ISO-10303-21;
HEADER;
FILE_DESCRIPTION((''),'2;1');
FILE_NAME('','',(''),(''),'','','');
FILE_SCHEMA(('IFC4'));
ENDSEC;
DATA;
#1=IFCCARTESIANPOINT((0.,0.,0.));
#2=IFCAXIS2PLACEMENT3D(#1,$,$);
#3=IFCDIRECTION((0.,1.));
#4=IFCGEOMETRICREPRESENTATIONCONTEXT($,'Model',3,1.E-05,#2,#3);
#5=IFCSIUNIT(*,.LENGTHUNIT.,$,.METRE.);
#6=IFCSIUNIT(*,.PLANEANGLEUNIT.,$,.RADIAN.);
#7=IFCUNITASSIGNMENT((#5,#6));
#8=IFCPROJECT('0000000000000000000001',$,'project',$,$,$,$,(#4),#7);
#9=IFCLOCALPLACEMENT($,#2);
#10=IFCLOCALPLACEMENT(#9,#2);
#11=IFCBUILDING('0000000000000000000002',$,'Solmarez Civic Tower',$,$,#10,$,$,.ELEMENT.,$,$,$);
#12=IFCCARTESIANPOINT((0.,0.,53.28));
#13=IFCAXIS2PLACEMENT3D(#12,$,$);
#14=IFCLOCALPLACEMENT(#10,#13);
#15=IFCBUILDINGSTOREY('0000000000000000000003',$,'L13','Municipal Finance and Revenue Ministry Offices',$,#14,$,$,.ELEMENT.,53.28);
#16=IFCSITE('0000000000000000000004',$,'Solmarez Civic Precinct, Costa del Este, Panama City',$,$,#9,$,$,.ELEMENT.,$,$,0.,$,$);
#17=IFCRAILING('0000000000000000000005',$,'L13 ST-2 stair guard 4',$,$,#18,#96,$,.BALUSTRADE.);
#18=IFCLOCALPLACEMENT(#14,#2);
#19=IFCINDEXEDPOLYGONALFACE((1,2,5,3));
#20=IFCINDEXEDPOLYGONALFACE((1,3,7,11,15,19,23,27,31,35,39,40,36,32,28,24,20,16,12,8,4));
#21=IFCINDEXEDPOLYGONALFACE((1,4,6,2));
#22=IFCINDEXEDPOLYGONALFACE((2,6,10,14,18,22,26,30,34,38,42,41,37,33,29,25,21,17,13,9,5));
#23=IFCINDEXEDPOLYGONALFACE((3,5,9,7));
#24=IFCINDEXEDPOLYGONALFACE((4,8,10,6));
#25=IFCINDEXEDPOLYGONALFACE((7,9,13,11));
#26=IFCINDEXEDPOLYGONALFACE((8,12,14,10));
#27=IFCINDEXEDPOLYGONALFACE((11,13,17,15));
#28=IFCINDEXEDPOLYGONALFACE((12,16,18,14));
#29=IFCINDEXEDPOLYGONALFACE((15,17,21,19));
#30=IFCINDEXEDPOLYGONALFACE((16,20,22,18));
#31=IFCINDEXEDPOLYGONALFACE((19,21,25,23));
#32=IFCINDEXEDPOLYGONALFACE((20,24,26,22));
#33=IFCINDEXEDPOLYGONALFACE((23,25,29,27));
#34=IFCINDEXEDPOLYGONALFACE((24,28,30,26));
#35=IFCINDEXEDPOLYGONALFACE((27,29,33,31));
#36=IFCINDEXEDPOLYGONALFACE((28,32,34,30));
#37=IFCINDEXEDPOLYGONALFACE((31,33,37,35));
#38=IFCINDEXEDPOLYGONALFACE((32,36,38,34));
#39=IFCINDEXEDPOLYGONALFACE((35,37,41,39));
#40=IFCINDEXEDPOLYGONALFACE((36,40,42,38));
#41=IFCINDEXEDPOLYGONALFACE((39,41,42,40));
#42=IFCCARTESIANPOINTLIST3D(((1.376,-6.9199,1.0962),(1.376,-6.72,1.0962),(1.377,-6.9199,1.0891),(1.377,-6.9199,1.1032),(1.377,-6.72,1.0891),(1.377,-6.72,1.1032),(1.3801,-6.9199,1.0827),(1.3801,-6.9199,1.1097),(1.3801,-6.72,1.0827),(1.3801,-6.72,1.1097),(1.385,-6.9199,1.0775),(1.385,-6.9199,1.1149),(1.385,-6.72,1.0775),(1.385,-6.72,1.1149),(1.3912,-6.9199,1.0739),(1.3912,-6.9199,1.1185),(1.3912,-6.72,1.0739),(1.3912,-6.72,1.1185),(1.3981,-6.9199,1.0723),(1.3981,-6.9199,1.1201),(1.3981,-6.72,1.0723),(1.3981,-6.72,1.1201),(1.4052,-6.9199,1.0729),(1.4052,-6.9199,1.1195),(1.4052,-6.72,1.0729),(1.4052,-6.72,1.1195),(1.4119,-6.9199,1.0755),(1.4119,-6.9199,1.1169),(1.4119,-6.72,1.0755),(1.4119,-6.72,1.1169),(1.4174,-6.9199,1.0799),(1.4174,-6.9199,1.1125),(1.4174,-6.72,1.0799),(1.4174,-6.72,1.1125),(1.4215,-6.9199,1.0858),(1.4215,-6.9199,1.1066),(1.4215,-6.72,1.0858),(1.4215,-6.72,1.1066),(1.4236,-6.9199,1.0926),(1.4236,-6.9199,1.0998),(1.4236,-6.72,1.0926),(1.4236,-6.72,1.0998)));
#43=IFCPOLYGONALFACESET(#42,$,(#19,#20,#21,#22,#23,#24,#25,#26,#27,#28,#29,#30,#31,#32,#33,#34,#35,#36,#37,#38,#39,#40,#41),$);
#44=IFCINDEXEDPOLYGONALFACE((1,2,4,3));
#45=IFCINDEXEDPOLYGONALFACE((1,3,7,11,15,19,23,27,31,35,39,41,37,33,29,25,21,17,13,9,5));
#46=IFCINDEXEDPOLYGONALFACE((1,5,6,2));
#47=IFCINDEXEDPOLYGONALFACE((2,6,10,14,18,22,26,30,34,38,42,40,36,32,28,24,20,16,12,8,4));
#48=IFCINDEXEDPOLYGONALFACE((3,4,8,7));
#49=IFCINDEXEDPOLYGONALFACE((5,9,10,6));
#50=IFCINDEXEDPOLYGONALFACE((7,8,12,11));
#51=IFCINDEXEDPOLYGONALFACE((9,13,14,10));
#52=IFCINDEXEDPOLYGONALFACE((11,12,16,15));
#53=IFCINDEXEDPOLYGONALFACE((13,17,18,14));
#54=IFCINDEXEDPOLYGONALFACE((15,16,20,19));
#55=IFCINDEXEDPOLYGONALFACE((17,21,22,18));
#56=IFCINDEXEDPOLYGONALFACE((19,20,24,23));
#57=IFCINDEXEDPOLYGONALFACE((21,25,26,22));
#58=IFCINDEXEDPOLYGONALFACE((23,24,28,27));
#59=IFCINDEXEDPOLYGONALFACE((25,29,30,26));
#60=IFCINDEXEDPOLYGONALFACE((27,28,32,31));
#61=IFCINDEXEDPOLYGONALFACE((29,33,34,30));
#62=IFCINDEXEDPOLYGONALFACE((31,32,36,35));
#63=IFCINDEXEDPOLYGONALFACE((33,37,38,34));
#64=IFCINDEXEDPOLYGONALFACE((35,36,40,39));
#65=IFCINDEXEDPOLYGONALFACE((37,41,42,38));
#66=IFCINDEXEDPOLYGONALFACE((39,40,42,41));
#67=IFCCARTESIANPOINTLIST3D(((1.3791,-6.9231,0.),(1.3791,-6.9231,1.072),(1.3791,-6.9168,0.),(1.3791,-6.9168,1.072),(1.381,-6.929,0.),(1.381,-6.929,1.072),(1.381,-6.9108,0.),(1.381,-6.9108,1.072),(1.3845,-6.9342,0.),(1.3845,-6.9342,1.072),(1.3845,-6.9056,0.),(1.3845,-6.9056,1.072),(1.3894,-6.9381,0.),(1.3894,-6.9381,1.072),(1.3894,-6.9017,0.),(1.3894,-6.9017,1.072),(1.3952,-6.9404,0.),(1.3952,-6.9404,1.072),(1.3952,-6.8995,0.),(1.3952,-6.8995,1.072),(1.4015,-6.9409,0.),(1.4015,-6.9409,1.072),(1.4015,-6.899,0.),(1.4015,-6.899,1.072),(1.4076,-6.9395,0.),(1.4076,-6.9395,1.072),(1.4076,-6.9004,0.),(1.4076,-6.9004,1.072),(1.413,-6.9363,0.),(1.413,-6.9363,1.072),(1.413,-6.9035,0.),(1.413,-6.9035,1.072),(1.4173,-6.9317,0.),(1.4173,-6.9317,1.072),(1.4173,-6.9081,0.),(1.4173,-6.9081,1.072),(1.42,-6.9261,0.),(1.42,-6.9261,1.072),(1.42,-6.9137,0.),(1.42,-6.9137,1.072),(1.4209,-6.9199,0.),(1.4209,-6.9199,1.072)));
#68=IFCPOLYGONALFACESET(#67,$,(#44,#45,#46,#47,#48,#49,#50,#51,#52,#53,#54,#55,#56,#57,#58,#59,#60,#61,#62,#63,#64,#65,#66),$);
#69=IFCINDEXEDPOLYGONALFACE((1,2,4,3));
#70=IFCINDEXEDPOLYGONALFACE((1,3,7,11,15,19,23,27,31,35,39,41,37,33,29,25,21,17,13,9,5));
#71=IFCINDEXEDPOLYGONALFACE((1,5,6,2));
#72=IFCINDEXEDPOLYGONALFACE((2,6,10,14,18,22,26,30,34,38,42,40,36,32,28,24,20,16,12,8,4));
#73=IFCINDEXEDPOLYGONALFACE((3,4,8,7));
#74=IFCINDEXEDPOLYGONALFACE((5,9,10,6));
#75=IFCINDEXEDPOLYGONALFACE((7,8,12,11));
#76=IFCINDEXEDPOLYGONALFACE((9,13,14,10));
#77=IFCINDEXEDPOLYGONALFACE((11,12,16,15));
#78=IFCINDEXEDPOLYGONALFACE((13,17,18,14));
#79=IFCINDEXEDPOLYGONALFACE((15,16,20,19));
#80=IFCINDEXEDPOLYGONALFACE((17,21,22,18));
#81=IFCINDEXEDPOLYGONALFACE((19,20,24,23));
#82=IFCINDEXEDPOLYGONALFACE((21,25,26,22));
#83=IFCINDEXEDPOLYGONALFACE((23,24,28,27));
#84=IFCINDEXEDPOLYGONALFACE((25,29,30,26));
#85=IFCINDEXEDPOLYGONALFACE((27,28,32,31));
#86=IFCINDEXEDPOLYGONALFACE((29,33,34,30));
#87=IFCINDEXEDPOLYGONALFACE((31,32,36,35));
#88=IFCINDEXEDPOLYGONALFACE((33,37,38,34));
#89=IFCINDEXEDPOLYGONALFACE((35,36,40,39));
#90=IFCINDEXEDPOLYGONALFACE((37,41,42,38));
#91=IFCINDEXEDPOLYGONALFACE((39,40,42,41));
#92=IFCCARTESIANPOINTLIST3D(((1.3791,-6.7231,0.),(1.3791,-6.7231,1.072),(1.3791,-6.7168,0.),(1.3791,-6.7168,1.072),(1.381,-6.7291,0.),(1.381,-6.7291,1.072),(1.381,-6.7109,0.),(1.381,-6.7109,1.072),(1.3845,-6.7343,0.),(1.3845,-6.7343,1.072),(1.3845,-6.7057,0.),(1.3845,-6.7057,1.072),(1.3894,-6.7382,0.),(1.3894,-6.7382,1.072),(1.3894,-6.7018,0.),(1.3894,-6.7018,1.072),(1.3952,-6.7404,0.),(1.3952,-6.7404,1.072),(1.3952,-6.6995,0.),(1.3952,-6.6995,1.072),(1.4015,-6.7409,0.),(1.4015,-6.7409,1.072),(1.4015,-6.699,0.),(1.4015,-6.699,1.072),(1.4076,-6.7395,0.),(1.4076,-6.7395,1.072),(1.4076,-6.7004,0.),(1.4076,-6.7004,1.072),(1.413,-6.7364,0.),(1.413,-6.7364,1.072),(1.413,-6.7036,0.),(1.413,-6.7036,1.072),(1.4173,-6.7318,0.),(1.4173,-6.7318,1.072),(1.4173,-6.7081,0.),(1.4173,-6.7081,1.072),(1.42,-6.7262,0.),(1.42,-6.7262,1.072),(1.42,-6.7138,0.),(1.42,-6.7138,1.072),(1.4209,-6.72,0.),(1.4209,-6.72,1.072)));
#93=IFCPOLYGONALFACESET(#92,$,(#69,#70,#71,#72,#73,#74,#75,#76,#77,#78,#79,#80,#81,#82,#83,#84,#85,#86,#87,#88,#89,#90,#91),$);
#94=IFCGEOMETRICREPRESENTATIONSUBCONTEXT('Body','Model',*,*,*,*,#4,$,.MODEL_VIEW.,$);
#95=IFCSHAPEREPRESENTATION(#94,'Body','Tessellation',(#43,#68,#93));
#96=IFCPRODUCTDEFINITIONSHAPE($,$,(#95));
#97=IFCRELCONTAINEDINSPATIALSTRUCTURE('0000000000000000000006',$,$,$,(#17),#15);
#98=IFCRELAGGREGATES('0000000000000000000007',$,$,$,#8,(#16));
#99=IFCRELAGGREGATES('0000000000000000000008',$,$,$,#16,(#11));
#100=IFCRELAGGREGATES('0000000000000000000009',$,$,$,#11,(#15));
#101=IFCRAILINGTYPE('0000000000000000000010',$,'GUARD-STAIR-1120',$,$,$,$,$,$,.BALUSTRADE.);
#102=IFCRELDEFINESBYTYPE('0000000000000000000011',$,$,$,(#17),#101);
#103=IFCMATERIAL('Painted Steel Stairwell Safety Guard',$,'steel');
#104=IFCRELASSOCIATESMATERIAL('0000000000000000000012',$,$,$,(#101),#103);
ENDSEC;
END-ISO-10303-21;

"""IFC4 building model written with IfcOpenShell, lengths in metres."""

from ifc_helpers import new_model, si_unit, direction, frame, origin, origin_2d, place, context, subcontext, project, spatial, circle, extrude, material, type_object, element, save


model = new_model("IFC4")

# Units and contexts
model_context = context("Model", 3, precision=1e-05, world=origin(), true_north=direction((0.0, 1.0)))
body_context = subcontext(model_context, "Body", "Model", "MODEL_VIEW")
ifc_project = project(units=[si_unit("LENGTHUNIT", "METRE"), si_unit("PLANEANGLEUNIT", "RADIAN")], contexts=[model_context])

# Site, building, storey
site_placement = place(None, origin())
site = spatial("IfcSite", under=ifc_project, at=site_placement, Name="Solmarez Civic Precinct, Costa del Este, Panama City", CompositionType="ELEMENT", RefElevation=0.0)
building_placement = place(site_placement, origin())
building = spatial("IfcBuilding", under=site, at=building_placement, Name="Solmarez Civic Tower", CompositionType="ELEMENT")
storey_placement = place(building_placement, frame((0.0, 0.0, 53.28)))
storey = spatial("IfcBuildingStorey", under=building, at=storey_placement, Name="L13", Description="Municipal Finance and Revenue Ministry Offices", CompositionType="ELEMENT", Elevation=53.28)

# Railing
ifc_material_1 = material(Name="Painted Steel Stairwell Safety Guard", Category="steel")
railing_type_1 = type_object("IfcRailingType", Name="GUARD-STAIR-1120", PredefinedType="BALUSTRADE", material=ifc_material_1)
railing_1_placement = place(storey_placement, frame((1.3999, -6.9199, 0.0)))
element("IfcRailing", 1, at=railing_1_placement, inside=storey, type_object=railing_type_1, Name="L13 ST-2 stair guard 4", PredefinedType="BALUSTRADE", context=body_context, shape_type="SweptSolid", body=[
    extrude(circle(Radius=0.0239, at=origin_2d()), frame((0.0, 0.0, 1.0962), z_axis=(0.0, 1.0, 0.0), x_axis=(-1.0, 0.0, 0.0)), (0.0, 0.0, 1.0), 0.2),
    extrude(circle(Radius=0.021, at=origin_2d()), origin(), (0.0, 0.0, 1.0), 1.072),
    extrude(circle(Radius=0.021, at=origin_2d()), frame((0.0, 0.2, 0.0)), (0.0, 0.0, 1.0), 1.072),
])

save(model, "model.ifc")
